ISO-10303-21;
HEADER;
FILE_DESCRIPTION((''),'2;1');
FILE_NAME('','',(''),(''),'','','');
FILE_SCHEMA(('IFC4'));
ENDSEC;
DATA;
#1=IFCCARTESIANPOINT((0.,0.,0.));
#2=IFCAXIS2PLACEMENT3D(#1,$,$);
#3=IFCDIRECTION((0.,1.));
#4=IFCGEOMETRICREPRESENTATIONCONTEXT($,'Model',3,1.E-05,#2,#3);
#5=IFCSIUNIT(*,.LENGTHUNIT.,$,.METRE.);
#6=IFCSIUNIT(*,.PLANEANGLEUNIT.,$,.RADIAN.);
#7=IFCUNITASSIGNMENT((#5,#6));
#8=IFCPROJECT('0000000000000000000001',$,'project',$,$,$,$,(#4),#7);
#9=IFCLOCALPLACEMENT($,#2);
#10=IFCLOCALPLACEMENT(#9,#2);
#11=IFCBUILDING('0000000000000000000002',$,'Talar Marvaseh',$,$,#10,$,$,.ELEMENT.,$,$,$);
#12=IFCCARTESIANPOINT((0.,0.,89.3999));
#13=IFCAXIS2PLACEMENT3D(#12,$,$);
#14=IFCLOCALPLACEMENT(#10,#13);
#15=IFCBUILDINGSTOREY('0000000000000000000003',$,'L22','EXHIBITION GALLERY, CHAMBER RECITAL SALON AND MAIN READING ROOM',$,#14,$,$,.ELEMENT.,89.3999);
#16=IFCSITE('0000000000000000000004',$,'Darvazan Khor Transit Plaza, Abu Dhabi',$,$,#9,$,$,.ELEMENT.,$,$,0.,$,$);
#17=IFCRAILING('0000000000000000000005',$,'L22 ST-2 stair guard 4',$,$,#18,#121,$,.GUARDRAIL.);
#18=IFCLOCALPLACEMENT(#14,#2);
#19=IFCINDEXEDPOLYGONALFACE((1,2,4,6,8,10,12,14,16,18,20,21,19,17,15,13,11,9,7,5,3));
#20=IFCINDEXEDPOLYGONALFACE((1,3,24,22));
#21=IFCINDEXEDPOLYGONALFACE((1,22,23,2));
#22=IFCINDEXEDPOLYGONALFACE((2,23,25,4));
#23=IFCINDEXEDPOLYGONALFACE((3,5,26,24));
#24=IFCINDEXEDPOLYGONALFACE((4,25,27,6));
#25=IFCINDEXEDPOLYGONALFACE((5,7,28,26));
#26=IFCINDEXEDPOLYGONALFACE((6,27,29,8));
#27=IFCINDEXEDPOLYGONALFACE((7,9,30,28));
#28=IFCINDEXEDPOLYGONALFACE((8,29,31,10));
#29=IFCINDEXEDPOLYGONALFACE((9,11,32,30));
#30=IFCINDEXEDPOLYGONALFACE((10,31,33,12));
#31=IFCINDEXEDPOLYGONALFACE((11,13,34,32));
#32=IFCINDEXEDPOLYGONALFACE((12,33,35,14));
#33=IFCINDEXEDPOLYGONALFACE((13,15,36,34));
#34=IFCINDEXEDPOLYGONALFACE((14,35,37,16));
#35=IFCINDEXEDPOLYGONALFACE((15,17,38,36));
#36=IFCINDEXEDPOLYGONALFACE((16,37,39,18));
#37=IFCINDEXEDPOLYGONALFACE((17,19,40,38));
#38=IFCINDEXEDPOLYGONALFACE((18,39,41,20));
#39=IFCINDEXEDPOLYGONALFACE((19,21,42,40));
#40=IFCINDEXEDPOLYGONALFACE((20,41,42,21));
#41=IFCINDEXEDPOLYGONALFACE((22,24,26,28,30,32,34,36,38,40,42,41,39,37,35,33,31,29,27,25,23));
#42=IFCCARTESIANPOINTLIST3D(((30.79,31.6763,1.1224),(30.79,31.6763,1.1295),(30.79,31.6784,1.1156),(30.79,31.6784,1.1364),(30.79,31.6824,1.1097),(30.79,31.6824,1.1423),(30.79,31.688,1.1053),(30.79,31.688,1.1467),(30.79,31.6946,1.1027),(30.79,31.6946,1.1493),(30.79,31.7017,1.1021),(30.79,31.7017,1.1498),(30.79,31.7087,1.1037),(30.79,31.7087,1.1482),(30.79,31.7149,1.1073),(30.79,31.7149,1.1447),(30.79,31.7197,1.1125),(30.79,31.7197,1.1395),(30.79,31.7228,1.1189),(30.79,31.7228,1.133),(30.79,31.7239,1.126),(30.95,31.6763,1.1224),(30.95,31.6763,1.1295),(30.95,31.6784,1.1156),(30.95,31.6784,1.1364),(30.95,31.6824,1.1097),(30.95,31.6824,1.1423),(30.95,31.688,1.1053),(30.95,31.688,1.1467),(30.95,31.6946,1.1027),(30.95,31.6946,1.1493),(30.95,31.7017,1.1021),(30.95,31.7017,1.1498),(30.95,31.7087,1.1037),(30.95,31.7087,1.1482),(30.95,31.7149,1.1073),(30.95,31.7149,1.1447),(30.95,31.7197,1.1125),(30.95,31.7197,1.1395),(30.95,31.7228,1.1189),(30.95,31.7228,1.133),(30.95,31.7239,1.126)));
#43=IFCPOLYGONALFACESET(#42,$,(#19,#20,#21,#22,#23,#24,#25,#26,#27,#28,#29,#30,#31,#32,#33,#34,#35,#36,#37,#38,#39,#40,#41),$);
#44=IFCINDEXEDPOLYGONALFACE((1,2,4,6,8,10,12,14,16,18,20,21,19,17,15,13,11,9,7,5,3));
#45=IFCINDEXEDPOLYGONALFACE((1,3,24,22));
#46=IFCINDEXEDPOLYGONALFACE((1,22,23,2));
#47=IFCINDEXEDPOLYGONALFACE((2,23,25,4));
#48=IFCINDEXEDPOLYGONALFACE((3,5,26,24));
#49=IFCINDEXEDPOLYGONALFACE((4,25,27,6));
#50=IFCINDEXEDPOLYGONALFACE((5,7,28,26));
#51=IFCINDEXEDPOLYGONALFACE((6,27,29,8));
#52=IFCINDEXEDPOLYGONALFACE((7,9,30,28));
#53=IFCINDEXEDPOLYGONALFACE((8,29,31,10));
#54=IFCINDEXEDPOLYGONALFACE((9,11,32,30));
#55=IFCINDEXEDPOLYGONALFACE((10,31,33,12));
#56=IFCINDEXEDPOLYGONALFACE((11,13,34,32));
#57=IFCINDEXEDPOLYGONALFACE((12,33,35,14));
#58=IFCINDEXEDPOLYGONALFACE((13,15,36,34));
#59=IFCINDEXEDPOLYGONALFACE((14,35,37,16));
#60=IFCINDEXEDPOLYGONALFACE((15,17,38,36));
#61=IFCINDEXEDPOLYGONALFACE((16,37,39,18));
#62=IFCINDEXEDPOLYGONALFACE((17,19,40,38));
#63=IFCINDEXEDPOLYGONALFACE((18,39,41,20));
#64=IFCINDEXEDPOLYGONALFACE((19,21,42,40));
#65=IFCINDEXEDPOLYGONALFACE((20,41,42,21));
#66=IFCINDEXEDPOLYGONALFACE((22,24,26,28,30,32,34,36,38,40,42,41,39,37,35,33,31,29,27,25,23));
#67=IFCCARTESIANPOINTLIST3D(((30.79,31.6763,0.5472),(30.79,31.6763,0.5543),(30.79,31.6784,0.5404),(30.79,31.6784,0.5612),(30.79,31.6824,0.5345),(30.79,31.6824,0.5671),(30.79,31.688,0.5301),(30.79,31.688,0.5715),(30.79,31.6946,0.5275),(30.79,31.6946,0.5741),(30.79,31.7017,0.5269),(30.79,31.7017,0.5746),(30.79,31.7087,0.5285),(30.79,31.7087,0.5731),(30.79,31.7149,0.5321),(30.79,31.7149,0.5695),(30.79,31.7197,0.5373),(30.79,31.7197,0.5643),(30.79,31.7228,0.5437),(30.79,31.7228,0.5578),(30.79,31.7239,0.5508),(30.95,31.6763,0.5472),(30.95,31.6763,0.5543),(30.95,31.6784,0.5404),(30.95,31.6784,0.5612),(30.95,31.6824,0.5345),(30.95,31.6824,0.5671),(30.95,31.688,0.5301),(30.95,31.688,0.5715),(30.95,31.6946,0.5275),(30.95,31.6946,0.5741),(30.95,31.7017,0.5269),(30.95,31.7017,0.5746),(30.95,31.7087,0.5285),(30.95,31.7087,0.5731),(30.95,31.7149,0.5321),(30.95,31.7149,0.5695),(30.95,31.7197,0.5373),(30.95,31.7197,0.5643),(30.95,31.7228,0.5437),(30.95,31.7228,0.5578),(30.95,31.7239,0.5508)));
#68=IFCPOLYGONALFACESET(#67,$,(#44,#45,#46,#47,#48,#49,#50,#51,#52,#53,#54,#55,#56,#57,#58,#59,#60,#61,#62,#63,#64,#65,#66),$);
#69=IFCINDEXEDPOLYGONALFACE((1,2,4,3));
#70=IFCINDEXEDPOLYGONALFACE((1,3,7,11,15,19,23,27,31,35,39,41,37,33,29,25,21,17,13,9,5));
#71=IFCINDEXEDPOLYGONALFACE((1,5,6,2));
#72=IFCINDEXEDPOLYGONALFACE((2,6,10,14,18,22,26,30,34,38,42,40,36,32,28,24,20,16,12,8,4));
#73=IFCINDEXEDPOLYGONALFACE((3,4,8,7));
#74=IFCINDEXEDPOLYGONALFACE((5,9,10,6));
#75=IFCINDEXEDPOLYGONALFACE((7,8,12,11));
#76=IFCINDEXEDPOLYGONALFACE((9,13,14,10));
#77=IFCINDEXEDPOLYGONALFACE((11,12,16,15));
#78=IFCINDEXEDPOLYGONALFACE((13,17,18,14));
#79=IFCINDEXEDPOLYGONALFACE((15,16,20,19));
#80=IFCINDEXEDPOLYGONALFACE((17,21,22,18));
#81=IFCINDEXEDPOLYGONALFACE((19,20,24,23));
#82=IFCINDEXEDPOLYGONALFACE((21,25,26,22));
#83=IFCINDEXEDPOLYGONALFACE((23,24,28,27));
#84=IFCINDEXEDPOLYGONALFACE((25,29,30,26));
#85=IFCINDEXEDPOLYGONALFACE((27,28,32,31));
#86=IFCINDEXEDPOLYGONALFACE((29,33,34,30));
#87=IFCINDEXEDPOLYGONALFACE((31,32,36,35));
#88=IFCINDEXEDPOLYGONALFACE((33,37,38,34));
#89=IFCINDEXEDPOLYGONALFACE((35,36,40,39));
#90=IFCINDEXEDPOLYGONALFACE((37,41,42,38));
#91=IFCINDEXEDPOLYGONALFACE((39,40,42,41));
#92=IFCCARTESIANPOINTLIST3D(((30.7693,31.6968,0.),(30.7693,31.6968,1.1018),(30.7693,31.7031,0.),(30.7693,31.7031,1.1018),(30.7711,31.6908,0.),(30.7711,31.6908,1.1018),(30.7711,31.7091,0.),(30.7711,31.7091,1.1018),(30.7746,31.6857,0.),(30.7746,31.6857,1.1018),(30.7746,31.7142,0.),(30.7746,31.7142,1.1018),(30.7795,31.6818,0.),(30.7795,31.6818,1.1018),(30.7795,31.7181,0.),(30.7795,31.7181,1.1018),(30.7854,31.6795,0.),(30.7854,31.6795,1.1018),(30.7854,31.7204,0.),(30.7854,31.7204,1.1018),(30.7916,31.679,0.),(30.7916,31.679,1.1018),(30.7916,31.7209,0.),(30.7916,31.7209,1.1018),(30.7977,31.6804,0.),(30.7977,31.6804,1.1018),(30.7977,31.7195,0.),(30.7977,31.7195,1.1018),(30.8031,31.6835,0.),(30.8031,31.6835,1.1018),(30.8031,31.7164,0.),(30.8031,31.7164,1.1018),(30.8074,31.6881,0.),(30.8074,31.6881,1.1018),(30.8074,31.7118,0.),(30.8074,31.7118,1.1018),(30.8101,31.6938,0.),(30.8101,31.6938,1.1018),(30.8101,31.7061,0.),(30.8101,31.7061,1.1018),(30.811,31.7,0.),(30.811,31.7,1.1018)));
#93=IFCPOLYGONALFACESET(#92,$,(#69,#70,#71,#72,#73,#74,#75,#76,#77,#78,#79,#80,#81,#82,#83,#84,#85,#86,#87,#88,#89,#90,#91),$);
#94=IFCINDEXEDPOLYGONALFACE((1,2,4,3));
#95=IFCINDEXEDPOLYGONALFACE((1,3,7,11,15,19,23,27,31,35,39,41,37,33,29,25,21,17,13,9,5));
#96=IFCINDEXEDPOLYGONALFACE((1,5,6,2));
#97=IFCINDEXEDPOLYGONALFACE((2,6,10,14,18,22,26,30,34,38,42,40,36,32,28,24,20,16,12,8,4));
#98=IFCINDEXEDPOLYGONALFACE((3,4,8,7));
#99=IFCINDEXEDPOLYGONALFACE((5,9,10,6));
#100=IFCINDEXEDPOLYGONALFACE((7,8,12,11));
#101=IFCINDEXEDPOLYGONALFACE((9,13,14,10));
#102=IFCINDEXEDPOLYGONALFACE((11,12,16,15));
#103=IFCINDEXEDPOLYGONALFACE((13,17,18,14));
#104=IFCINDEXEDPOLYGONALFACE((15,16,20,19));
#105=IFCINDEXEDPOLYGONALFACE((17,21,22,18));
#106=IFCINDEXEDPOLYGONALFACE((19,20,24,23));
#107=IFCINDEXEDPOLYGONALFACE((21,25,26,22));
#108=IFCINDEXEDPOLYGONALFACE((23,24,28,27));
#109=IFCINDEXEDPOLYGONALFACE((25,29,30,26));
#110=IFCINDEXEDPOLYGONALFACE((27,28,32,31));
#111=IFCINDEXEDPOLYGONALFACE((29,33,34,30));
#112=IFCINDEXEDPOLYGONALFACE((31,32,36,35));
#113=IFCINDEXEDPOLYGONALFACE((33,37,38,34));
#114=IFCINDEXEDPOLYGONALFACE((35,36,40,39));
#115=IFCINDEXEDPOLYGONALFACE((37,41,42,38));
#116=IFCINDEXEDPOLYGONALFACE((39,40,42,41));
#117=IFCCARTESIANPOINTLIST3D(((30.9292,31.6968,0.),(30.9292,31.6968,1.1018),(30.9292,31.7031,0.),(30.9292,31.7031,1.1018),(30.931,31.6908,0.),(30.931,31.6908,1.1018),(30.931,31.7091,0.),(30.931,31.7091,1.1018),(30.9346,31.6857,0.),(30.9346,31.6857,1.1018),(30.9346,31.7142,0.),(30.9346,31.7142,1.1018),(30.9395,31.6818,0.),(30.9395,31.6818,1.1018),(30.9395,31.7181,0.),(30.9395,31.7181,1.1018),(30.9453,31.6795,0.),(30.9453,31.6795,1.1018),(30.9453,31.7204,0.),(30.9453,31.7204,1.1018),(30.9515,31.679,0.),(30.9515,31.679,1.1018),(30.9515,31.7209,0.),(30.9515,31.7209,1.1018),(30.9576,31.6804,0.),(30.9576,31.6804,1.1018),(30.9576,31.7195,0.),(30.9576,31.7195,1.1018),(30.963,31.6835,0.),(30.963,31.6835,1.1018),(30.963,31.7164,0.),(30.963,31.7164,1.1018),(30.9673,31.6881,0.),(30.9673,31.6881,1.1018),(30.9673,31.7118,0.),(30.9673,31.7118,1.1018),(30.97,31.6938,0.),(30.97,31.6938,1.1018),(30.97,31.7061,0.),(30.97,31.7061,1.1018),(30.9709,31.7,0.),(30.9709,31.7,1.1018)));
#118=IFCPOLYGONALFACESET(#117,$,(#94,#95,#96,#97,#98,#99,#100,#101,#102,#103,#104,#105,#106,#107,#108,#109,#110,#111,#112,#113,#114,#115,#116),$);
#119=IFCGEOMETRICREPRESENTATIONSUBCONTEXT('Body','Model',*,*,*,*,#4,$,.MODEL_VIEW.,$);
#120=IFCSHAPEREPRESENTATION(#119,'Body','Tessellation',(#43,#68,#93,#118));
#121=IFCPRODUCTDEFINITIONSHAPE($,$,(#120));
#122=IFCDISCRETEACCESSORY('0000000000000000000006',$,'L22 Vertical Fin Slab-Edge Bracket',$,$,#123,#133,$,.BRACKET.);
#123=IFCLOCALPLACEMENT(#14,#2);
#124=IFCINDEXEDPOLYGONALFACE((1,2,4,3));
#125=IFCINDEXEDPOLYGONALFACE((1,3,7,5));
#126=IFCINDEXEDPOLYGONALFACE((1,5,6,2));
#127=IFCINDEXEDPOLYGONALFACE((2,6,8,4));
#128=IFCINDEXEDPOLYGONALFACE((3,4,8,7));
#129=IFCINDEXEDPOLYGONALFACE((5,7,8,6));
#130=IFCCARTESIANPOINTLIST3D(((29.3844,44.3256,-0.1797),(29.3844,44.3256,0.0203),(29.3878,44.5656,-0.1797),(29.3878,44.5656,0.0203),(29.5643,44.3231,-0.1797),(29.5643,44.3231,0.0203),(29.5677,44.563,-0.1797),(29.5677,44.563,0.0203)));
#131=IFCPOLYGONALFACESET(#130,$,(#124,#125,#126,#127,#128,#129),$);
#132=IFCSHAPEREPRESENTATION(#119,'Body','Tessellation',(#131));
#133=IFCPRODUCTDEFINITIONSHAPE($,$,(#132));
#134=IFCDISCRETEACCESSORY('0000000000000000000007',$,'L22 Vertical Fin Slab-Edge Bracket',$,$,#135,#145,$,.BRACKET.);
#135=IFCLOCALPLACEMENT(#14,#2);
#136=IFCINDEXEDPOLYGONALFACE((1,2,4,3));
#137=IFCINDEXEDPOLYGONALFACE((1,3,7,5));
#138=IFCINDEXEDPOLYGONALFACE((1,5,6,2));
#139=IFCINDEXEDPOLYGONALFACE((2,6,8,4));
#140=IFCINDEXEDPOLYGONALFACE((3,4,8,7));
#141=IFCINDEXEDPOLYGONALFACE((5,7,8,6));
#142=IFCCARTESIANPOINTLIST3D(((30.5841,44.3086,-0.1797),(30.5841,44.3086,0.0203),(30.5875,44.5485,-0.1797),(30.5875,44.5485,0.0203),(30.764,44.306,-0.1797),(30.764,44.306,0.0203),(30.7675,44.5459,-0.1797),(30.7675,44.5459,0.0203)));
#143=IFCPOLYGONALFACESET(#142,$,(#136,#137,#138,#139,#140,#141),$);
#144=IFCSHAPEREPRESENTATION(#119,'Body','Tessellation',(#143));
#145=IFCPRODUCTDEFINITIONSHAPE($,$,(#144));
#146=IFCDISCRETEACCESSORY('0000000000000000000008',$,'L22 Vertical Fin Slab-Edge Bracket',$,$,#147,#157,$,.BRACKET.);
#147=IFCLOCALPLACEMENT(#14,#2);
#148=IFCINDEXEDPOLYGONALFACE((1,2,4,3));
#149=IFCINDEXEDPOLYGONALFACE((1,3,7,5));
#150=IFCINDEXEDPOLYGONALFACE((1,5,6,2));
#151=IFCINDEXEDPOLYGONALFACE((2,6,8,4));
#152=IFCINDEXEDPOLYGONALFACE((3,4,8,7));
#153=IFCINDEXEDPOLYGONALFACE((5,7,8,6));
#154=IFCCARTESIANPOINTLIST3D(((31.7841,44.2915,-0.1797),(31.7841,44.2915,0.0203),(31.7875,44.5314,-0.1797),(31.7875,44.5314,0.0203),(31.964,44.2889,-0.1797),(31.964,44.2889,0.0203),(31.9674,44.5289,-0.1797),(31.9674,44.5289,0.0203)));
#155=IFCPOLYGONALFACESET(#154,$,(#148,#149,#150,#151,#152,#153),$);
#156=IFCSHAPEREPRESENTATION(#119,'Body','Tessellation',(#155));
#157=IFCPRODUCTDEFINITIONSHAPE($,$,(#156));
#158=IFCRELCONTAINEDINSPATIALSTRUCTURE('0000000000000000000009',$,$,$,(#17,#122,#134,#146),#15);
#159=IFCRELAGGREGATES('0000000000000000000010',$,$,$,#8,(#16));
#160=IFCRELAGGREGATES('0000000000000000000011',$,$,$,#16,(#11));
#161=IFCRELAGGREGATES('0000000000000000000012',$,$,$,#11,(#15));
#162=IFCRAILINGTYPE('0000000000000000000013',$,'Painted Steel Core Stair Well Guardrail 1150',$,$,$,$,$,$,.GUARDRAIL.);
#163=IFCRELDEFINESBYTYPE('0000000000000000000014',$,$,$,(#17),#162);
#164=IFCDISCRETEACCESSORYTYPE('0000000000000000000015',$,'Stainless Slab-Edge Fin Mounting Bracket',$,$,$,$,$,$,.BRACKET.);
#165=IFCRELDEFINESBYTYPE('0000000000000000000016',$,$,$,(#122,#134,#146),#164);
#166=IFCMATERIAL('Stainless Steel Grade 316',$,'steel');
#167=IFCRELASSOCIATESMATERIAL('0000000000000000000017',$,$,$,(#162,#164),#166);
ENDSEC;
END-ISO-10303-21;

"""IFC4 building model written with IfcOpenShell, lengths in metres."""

from ifc_helpers import new_model, si_unit, direction, frame, origin, origin_2d, place, context, subcontext, project, spatial, rectangle, circle, extrude, source, transform, mapped, material, type_object, type_shapes, element, save


model = new_model("IFC4")

# Units and contexts
model_context = context("Model", 3, precision=1e-05, world=origin(), true_north=direction((0.0, 1.0)))
body_context = subcontext(model_context, "Body", "Model", "MODEL_VIEW")
ifc_project = project(units=[si_unit("LENGTHUNIT", "METRE"), si_unit("PLANEANGLEUNIT", "RADIAN")], contexts=[model_context])

# Site, building, storey
site_placement = place(None, origin())
site = spatial("IfcSite", under=ifc_project, at=site_placement, Name="Darvazan Khor Transit Plaza, Abu Dhabi", CompositionType="ELEMENT", RefElevation=0.0)
building_placement = place(site_placement, origin())
building = spatial("IfcBuilding", under=site, at=building_placement, Name="Talar Marvaseh", CompositionType="ELEMENT")
storey_placement = place(building_placement, frame((0.0, 0.0, 89.3999)))
storey = spatial("IfcBuildingStorey", under=building, at=storey_placement, Name="L22", Description="EXHIBITION GALLERY, CHAMBER RECITAL SALON AND MAIN READING ROOM", CompositionType="ELEMENT", Elevation=89.3999)

# Shared definitions
ifc_material_1 = material(Name="Stainless Steel Grade 316", Category="steel")

# Railing
railing_type_1 = type_object("IfcRailingType", Name="Painted Steel Core Stair Well Guardrail 1150", PredefinedType="GUARDRAIL", material=ifc_material_1)
railing_1_placement = place(storey_placement, frame((30.79, 31.7, 0.0)))
element("IfcRailing", 1, at=railing_1_placement, inside=storey, type_object=railing_type_1, Name="L22 ST-2 stair guard 4", PredefinedType="GUARDRAIL", context=body_context, shape_type="SweptSolid", body=[
    extrude(circle(Radius=0.0239, at=origin_2d()), frame((0.0, 0.0, 1.126), z_axis=(1.0, 0.0, 0.0), x_axis=(0.0, 1.0, 0.0)), (0.0, 0.0, 1.0), 0.1599),
    extrude(circle(Radius=0.0239, at=origin_2d()), frame((0.0, 0.0, 0.5508), z_axis=(1.0, 0.0, 0.0), x_axis=(0.0, 1.0, 0.0)), (0.0, 0.0, 1.0), 0.1599),
    extrude(circle(Radius=0.021, at=origin_2d()), origin(), (0.0, 0.0, 1.0), 1.1018),
    extrude(circle(Radius=0.021, at=origin_2d()), frame((0.1599, 0.0, 0.0)), (0.0, 0.0, 1.0), 1.1018),
])

# Discrete accessories
discrete_accessory_type = type_object("IfcDiscreteAccessoryType", Name="Stainless Slab-Edge Fin Mounting Bracket", PredefinedType="BRACKET", material=ifc_material_1)
shared_shape_1 = source(origin(), body_context, "Body", "SweptSolid", [
    extrude(rectangle(XDim=0.24, YDim=0.1799, at=origin_2d()), origin(), (0.0, 0.0, 1.0), 0.2),
])
type_shapes(discrete_accessory_type, [shared_shape_1])
for number, where, z_axis, x_axis, name in (
    (2, (29.4761, 44.4443, -0.1797), (0.0, 0.0, 1.0), (0.014311, 0.999898, 0.0), "L22 Vertical Fin Slab-Edge Bracket"),
    (3, (30.6758, 44.4272, -0.1797), (0.0, 0.0, 1.0), (0.014311, 0.999898, 0.0), "L22 Vertical Fin Slab-Edge Bracket"),
    (4, (31.8757, 44.4102, -0.1797), (0.0, 0.0, 1.0), (0.014311, 0.999898, 0.0), "L22 Vertical Fin Slab-Edge Bracket"),
):
    element("IfcDiscreteAccessory", number, at=place(storey_placement, frame(where, z_axis=z_axis, x_axis=x_axis)), inside=storey, type_object=discrete_accessory_type, Name=name, PredefinedType="BRACKET", context=body_context, shape_type="MappedRepresentation", body=[
        mapped(shared_shape_1, transform((0.0, 0.0, 0.0), x_axis=(1.0, 0.0, 0.0), y_axis=(0.0, 1.0, 0.0), z_axis=(0.0, 0.0, 1.0), scale=1.0)),
    ])

save(model, "model.ifc")
